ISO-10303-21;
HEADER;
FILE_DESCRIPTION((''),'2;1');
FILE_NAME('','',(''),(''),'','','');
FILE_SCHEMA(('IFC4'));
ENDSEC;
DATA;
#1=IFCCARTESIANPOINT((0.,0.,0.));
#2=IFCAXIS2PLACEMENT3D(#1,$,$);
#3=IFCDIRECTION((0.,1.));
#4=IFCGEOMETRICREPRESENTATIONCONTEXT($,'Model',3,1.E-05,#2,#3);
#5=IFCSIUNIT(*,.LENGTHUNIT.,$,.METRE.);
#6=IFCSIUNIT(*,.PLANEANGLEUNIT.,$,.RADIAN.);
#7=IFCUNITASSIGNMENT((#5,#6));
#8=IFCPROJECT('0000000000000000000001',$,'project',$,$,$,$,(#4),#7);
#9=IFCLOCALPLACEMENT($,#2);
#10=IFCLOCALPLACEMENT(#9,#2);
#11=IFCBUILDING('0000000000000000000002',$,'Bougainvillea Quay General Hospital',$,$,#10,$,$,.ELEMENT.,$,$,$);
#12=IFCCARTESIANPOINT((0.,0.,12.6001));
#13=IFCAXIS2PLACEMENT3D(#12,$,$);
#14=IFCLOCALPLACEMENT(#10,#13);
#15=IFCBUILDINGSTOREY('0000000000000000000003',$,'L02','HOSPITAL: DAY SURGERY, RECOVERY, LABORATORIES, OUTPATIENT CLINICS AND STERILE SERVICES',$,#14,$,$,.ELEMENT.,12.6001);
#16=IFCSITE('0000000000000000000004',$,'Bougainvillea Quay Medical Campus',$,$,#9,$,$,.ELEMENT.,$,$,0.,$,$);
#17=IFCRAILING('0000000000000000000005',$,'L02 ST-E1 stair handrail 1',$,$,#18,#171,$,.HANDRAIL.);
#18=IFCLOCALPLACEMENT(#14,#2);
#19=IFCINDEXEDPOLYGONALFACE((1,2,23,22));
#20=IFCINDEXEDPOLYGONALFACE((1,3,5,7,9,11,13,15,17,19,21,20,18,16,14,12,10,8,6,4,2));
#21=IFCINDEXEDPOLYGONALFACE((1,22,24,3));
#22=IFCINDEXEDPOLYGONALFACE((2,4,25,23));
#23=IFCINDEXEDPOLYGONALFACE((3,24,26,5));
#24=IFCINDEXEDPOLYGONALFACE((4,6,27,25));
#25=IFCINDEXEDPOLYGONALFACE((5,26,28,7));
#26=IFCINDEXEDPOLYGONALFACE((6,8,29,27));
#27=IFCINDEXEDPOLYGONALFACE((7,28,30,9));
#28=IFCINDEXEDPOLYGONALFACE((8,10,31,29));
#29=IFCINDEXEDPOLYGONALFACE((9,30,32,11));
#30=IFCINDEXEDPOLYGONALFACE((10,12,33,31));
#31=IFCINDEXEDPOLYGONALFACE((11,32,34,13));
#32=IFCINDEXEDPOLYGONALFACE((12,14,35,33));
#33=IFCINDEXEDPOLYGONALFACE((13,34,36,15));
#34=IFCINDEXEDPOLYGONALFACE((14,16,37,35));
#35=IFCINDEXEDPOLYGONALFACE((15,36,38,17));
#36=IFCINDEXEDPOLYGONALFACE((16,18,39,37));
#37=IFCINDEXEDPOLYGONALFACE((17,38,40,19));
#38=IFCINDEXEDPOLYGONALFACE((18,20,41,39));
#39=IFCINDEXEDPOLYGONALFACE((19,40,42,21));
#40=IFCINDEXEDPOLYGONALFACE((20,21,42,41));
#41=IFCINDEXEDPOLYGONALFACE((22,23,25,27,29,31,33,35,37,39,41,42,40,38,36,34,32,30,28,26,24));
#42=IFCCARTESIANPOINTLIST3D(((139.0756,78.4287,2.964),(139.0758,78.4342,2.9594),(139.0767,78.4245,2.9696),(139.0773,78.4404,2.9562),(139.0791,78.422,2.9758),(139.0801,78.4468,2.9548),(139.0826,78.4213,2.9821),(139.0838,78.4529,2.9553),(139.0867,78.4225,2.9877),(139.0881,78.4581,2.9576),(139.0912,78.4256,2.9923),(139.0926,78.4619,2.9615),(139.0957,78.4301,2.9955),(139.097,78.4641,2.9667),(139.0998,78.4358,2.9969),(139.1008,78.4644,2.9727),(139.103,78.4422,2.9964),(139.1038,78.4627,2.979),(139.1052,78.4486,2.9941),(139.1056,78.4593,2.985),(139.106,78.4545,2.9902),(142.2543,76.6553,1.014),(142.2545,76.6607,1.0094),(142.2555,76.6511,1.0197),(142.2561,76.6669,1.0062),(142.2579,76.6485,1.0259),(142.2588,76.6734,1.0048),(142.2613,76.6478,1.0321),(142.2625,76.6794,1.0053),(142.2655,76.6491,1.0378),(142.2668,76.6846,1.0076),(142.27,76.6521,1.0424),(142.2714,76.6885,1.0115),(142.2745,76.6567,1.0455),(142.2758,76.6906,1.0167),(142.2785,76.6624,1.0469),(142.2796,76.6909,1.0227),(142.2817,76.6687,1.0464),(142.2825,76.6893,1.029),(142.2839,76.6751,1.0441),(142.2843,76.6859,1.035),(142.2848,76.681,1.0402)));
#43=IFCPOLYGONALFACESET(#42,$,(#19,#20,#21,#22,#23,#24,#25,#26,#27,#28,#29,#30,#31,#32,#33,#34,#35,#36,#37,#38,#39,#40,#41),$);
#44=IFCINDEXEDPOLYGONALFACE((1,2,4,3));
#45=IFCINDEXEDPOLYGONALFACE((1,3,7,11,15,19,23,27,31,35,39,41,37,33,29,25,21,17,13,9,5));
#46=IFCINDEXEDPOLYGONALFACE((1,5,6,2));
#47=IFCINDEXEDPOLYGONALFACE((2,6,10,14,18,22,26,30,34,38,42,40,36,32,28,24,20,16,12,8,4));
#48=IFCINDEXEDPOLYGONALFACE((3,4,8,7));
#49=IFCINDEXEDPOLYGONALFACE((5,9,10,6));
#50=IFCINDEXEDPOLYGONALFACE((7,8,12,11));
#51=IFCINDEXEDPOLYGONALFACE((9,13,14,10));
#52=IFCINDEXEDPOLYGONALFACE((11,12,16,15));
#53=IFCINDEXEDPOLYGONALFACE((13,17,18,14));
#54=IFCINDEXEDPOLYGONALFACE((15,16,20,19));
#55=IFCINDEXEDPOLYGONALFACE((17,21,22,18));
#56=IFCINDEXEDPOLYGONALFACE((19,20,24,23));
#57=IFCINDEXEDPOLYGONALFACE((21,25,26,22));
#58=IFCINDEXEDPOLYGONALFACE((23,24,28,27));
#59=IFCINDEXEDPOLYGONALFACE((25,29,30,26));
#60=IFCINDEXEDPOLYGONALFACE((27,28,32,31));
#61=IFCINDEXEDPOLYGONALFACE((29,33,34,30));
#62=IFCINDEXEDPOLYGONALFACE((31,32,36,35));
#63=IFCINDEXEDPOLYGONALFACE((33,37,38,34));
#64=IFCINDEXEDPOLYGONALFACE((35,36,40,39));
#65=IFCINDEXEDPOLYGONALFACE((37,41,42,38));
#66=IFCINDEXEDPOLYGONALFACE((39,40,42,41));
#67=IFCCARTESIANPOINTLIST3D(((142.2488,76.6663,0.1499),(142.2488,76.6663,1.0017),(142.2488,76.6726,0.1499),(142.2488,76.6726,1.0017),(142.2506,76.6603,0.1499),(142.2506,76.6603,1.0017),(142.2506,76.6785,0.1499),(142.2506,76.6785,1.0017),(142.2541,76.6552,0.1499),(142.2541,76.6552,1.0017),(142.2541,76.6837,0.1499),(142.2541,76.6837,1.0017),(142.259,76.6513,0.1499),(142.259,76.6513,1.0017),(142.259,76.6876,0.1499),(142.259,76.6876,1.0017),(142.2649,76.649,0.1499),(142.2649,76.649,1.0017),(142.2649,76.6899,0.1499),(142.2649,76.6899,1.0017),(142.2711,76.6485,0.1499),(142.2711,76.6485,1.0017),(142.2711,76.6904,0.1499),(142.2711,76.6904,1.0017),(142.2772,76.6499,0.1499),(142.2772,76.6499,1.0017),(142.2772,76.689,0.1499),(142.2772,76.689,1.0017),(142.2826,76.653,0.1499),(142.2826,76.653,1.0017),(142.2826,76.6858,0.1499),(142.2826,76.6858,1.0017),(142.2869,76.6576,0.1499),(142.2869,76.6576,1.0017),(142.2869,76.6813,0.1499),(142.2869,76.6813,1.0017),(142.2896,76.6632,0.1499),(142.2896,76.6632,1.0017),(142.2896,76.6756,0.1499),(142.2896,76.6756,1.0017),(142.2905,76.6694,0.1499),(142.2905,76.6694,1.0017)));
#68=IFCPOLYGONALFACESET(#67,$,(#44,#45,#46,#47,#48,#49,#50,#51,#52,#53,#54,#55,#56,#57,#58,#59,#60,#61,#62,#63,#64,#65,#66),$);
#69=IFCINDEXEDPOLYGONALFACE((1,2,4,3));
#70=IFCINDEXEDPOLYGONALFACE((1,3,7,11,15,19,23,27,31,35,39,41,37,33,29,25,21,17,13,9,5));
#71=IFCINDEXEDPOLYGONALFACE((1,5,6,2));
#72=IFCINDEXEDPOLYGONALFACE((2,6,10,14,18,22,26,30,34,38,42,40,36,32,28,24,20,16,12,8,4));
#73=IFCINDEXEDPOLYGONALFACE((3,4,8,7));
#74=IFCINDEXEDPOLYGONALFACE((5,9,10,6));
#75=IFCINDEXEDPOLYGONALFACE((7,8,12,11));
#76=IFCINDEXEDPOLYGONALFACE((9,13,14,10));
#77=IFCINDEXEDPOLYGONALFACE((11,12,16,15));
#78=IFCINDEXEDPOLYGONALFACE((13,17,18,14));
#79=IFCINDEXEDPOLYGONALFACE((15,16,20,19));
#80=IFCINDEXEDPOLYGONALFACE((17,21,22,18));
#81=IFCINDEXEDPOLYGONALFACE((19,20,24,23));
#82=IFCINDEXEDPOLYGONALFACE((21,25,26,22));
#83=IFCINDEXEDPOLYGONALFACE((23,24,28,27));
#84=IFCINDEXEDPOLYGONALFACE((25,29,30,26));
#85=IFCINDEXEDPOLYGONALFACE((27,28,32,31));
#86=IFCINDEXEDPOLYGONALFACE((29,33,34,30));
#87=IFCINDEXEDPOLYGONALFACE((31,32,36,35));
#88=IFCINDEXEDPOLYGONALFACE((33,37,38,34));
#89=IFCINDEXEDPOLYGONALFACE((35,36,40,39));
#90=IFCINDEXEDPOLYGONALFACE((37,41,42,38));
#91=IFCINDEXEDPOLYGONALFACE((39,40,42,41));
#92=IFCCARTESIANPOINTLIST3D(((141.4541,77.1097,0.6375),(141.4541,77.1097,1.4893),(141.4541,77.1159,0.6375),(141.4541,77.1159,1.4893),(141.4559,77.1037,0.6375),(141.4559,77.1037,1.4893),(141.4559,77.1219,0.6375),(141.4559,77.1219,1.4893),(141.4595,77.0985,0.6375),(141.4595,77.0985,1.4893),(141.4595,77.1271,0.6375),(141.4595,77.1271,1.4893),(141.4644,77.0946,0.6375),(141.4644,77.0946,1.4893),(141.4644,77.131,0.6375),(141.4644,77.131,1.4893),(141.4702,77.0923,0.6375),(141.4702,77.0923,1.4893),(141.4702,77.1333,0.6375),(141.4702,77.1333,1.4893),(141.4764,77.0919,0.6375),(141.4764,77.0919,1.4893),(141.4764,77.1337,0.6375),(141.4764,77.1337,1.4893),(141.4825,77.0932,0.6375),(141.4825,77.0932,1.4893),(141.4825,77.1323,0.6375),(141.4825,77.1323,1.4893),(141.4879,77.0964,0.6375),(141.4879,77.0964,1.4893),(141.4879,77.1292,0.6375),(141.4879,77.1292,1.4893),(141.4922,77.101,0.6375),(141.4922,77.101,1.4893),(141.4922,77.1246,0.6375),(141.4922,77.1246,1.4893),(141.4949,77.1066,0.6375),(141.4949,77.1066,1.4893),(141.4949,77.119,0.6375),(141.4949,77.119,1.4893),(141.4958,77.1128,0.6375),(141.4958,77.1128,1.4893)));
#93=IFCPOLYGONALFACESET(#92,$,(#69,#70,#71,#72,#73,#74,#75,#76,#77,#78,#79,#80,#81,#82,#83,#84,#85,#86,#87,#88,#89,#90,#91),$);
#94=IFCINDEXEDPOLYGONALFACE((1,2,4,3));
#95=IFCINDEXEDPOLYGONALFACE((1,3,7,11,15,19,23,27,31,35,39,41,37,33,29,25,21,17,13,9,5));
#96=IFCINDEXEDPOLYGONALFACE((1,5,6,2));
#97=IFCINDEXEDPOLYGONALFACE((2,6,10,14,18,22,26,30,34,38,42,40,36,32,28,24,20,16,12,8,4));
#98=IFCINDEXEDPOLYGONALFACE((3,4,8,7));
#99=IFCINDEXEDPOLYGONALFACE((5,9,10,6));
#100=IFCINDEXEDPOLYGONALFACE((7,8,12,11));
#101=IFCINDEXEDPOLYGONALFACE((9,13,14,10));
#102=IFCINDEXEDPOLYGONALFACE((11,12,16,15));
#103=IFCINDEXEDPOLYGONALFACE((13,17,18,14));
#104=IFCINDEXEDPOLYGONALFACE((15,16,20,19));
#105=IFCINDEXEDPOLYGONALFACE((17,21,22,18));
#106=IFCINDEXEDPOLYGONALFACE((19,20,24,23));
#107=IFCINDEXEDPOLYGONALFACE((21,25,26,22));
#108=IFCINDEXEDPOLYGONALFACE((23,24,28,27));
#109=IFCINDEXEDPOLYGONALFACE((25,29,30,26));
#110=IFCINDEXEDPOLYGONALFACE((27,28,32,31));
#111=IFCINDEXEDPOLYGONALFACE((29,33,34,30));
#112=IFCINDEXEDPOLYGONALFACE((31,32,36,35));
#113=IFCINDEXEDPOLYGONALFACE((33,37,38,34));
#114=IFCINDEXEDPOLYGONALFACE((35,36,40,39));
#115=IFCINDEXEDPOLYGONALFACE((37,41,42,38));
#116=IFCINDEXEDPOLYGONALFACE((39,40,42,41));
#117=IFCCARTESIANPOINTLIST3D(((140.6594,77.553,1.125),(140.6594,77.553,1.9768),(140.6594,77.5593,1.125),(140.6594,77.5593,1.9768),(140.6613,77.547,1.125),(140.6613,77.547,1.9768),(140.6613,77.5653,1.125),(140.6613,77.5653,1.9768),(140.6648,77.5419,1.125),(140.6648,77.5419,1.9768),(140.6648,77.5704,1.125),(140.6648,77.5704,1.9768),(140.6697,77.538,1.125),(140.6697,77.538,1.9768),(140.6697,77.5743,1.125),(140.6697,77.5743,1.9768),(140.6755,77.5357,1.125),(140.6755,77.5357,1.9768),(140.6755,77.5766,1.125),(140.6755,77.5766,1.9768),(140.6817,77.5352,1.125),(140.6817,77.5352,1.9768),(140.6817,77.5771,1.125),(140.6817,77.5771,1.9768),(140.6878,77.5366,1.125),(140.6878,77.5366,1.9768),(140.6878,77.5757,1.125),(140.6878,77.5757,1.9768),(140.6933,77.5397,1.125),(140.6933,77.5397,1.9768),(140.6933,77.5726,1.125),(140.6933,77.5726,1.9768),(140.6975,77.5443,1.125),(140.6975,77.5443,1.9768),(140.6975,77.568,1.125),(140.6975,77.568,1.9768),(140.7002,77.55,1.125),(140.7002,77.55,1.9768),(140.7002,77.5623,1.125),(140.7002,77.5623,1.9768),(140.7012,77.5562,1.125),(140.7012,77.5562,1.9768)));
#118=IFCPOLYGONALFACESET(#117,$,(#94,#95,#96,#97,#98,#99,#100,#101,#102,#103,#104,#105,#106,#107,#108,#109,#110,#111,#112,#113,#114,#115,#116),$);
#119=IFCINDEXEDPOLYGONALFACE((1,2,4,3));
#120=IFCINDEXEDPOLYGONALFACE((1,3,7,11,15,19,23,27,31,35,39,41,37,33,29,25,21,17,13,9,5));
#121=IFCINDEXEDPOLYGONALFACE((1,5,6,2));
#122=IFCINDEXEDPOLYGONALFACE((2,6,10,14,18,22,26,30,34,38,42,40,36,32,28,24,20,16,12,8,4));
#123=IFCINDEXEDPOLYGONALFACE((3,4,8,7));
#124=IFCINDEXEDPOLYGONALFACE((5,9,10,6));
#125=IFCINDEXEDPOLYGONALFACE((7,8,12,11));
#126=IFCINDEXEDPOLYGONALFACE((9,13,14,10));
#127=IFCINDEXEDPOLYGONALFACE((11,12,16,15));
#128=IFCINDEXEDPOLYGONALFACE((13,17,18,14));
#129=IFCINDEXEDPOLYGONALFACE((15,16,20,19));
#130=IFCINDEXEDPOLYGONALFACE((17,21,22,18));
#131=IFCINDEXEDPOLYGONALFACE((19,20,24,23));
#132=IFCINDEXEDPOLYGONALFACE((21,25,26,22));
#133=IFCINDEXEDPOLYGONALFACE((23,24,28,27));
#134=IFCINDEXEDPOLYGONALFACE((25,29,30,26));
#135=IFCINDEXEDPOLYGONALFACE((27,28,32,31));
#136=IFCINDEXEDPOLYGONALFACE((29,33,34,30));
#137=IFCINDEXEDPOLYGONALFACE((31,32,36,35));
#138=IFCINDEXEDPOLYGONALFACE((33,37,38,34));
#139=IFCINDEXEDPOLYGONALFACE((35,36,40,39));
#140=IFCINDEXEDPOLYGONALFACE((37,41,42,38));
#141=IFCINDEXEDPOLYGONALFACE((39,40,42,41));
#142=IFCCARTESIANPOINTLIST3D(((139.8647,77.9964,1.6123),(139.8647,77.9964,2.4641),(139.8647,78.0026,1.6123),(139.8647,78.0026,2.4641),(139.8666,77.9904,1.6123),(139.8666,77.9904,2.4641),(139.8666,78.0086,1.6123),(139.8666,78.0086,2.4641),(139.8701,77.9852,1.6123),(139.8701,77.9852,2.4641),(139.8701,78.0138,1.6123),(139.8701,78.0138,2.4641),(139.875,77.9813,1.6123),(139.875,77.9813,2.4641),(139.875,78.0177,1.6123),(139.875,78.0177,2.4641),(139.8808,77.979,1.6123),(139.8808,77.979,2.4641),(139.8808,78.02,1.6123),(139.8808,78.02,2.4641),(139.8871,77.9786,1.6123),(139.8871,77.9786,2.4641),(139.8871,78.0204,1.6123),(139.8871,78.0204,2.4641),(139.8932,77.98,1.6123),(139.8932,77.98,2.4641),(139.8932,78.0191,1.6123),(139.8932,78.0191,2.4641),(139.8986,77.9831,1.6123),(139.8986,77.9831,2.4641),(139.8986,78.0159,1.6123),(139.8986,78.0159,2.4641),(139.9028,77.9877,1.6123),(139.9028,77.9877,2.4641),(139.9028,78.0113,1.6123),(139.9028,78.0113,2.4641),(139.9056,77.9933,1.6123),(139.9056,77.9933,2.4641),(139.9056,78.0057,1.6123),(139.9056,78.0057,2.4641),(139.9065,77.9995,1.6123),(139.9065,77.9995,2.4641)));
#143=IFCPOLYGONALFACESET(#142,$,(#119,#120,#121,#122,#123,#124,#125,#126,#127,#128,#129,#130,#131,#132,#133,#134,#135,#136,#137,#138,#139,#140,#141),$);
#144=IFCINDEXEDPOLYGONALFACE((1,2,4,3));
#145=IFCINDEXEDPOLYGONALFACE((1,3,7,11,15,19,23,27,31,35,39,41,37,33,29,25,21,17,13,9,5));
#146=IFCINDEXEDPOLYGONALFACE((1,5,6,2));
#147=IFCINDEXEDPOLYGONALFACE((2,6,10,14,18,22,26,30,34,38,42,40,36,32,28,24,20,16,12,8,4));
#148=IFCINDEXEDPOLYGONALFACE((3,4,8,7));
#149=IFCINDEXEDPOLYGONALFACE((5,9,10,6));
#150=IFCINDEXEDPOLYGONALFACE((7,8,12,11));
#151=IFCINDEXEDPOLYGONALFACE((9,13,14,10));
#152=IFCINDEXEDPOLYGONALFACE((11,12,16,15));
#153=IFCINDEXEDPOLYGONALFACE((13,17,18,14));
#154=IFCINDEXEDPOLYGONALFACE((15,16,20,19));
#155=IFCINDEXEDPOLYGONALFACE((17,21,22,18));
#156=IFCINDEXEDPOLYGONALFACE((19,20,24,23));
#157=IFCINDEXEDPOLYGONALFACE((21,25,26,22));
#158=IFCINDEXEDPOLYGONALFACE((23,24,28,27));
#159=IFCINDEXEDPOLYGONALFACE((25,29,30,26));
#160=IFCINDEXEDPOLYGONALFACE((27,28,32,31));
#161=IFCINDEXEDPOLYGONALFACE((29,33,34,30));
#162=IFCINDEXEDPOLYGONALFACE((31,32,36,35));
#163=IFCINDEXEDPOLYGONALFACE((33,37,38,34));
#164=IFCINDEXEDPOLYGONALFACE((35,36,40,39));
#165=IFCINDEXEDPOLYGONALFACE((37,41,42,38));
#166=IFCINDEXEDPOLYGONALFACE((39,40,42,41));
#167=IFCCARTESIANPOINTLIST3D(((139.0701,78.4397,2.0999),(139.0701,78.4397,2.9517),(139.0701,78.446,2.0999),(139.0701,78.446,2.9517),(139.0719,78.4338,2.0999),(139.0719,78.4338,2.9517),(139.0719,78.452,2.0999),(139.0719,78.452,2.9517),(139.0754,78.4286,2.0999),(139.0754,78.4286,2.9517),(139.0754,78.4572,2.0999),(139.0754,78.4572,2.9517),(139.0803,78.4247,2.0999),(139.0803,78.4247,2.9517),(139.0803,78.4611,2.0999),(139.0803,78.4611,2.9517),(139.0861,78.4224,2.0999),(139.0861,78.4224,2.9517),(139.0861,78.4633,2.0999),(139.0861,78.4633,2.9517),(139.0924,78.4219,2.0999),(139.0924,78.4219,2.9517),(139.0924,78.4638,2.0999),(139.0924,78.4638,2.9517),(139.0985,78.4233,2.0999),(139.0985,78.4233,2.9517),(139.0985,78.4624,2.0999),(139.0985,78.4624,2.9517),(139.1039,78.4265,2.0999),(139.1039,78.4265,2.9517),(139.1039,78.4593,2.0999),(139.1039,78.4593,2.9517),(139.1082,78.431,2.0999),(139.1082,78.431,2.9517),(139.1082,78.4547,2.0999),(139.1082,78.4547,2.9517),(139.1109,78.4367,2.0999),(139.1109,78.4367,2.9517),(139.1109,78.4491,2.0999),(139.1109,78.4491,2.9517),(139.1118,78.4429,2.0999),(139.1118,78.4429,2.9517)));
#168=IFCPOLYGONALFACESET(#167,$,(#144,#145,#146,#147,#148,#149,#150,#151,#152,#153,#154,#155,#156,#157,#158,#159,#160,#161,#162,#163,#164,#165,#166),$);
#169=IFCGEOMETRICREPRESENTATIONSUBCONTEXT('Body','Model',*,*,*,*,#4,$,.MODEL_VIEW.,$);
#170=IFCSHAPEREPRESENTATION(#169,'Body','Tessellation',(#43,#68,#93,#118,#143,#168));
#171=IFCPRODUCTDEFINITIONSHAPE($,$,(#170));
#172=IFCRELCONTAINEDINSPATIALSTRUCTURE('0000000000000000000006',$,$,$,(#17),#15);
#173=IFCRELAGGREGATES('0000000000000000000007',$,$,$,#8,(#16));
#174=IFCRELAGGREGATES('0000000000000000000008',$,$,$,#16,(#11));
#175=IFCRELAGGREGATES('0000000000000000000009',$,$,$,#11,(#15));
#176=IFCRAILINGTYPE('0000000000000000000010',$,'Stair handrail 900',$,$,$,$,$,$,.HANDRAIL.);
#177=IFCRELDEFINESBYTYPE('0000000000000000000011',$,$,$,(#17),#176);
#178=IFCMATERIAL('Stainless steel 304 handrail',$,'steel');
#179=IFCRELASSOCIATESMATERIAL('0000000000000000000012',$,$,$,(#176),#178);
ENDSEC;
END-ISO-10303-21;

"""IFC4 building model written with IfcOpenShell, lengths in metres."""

from ifc_helpers import new_model, si_unit, direction, frame, origin, origin_2d, place, context, subcontext, project, spatial, circle, extrude, material, type_object, element, save


model = new_model("IFC4")

# Units and contexts
model_context = context("Model", 3, precision=1e-05, world=origin(), true_north=direction((0.0, 1.0)))
body_context = subcontext(model_context, "Body", "Model", "MODEL_VIEW")
ifc_project = project(units=[si_unit("LENGTHUNIT", "METRE"), si_unit("PLANEANGLEUNIT", "RADIAN")], contexts=[model_context])

# Site, building, storey
site_placement = place(None, origin())
site = spatial("IfcSite", under=ifc_project, at=site_placement, Name="Bougainvillea Quay Medical Campus", CompositionType="ELEMENT", RefElevation=0.0)
building_placement = place(site_placement, origin())
building = spatial("IfcBuilding", under=site, at=building_placement, Name="Bougainvillea Quay General Hospital", CompositionType="ELEMENT")
storey_placement = place(building_placement, frame((0.0, 0.0, 12.6001)))
storey = spatial("IfcBuildingStorey", under=building, at=storey_placement, Name="L02", Description="HOSPITAL: DAY SURGERY, RECOVERY, LABORATORIES, OUTPATIENT CLINICS AND STERILE SERVICES", CompositionType="ELEMENT", Elevation=12.6001)

# Railing
ifc_material_1 = material(Name="Stainless steel 304 handrail", Category="steel")
railing_type_1 = type_object("IfcRailingType", Name="Stair handrail 900", PredefinedType="HANDRAIL", material=ifc_material_1)
railing_1_placement = place(storey_placement, frame((142.2695, 76.6694, 0.1499)))
element("IfcRailing", 1, at=railing_1_placement, inside=storey, type_object=railing_type_1, Name="L02 ST-E1 stair handrail 1", PredefinedType="HANDRAIL", context=body_context, shape_type="SweptSolid", body=[
    extrude(circle(Radius=0.0239, at=origin_2d()), frame((0.0, 0.0, 0.876), z_axis=(-0.769783, 0.429471, 0.472217), x_axis=(-0.487214, -0.873283, 0.0)), (0.0, 0.0, 1.0), 4.1294),
    extrude(circle(Radius=0.021, at=origin_2d()), origin(), (0.0, 0.0, 1.0), 0.8518),
    extrude(circle(Radius=0.021, at=origin_2d()), frame((-0.7947, 0.4434, 0.4875)), (0.0, 0.0, 1.0), 0.8518),
    extrude(circle(Radius=0.021, at=origin_2d()), frame((-1.5894, 0.8867, 0.9751)), (0.0, 0.0, 1.0), 0.8518),
    extrude(circle(Radius=0.021, at=origin_2d()), frame((-2.384, 1.3301, 1.4624)), (0.0, 0.0, 1.0), 0.8518),
    extrude(circle(Radius=0.021, at=origin_2d()), frame((-3.1787, 1.7734, 1.95)), (0.0, 0.0, 1.0), 0.8518),
])

save(model, "model.ifc")
